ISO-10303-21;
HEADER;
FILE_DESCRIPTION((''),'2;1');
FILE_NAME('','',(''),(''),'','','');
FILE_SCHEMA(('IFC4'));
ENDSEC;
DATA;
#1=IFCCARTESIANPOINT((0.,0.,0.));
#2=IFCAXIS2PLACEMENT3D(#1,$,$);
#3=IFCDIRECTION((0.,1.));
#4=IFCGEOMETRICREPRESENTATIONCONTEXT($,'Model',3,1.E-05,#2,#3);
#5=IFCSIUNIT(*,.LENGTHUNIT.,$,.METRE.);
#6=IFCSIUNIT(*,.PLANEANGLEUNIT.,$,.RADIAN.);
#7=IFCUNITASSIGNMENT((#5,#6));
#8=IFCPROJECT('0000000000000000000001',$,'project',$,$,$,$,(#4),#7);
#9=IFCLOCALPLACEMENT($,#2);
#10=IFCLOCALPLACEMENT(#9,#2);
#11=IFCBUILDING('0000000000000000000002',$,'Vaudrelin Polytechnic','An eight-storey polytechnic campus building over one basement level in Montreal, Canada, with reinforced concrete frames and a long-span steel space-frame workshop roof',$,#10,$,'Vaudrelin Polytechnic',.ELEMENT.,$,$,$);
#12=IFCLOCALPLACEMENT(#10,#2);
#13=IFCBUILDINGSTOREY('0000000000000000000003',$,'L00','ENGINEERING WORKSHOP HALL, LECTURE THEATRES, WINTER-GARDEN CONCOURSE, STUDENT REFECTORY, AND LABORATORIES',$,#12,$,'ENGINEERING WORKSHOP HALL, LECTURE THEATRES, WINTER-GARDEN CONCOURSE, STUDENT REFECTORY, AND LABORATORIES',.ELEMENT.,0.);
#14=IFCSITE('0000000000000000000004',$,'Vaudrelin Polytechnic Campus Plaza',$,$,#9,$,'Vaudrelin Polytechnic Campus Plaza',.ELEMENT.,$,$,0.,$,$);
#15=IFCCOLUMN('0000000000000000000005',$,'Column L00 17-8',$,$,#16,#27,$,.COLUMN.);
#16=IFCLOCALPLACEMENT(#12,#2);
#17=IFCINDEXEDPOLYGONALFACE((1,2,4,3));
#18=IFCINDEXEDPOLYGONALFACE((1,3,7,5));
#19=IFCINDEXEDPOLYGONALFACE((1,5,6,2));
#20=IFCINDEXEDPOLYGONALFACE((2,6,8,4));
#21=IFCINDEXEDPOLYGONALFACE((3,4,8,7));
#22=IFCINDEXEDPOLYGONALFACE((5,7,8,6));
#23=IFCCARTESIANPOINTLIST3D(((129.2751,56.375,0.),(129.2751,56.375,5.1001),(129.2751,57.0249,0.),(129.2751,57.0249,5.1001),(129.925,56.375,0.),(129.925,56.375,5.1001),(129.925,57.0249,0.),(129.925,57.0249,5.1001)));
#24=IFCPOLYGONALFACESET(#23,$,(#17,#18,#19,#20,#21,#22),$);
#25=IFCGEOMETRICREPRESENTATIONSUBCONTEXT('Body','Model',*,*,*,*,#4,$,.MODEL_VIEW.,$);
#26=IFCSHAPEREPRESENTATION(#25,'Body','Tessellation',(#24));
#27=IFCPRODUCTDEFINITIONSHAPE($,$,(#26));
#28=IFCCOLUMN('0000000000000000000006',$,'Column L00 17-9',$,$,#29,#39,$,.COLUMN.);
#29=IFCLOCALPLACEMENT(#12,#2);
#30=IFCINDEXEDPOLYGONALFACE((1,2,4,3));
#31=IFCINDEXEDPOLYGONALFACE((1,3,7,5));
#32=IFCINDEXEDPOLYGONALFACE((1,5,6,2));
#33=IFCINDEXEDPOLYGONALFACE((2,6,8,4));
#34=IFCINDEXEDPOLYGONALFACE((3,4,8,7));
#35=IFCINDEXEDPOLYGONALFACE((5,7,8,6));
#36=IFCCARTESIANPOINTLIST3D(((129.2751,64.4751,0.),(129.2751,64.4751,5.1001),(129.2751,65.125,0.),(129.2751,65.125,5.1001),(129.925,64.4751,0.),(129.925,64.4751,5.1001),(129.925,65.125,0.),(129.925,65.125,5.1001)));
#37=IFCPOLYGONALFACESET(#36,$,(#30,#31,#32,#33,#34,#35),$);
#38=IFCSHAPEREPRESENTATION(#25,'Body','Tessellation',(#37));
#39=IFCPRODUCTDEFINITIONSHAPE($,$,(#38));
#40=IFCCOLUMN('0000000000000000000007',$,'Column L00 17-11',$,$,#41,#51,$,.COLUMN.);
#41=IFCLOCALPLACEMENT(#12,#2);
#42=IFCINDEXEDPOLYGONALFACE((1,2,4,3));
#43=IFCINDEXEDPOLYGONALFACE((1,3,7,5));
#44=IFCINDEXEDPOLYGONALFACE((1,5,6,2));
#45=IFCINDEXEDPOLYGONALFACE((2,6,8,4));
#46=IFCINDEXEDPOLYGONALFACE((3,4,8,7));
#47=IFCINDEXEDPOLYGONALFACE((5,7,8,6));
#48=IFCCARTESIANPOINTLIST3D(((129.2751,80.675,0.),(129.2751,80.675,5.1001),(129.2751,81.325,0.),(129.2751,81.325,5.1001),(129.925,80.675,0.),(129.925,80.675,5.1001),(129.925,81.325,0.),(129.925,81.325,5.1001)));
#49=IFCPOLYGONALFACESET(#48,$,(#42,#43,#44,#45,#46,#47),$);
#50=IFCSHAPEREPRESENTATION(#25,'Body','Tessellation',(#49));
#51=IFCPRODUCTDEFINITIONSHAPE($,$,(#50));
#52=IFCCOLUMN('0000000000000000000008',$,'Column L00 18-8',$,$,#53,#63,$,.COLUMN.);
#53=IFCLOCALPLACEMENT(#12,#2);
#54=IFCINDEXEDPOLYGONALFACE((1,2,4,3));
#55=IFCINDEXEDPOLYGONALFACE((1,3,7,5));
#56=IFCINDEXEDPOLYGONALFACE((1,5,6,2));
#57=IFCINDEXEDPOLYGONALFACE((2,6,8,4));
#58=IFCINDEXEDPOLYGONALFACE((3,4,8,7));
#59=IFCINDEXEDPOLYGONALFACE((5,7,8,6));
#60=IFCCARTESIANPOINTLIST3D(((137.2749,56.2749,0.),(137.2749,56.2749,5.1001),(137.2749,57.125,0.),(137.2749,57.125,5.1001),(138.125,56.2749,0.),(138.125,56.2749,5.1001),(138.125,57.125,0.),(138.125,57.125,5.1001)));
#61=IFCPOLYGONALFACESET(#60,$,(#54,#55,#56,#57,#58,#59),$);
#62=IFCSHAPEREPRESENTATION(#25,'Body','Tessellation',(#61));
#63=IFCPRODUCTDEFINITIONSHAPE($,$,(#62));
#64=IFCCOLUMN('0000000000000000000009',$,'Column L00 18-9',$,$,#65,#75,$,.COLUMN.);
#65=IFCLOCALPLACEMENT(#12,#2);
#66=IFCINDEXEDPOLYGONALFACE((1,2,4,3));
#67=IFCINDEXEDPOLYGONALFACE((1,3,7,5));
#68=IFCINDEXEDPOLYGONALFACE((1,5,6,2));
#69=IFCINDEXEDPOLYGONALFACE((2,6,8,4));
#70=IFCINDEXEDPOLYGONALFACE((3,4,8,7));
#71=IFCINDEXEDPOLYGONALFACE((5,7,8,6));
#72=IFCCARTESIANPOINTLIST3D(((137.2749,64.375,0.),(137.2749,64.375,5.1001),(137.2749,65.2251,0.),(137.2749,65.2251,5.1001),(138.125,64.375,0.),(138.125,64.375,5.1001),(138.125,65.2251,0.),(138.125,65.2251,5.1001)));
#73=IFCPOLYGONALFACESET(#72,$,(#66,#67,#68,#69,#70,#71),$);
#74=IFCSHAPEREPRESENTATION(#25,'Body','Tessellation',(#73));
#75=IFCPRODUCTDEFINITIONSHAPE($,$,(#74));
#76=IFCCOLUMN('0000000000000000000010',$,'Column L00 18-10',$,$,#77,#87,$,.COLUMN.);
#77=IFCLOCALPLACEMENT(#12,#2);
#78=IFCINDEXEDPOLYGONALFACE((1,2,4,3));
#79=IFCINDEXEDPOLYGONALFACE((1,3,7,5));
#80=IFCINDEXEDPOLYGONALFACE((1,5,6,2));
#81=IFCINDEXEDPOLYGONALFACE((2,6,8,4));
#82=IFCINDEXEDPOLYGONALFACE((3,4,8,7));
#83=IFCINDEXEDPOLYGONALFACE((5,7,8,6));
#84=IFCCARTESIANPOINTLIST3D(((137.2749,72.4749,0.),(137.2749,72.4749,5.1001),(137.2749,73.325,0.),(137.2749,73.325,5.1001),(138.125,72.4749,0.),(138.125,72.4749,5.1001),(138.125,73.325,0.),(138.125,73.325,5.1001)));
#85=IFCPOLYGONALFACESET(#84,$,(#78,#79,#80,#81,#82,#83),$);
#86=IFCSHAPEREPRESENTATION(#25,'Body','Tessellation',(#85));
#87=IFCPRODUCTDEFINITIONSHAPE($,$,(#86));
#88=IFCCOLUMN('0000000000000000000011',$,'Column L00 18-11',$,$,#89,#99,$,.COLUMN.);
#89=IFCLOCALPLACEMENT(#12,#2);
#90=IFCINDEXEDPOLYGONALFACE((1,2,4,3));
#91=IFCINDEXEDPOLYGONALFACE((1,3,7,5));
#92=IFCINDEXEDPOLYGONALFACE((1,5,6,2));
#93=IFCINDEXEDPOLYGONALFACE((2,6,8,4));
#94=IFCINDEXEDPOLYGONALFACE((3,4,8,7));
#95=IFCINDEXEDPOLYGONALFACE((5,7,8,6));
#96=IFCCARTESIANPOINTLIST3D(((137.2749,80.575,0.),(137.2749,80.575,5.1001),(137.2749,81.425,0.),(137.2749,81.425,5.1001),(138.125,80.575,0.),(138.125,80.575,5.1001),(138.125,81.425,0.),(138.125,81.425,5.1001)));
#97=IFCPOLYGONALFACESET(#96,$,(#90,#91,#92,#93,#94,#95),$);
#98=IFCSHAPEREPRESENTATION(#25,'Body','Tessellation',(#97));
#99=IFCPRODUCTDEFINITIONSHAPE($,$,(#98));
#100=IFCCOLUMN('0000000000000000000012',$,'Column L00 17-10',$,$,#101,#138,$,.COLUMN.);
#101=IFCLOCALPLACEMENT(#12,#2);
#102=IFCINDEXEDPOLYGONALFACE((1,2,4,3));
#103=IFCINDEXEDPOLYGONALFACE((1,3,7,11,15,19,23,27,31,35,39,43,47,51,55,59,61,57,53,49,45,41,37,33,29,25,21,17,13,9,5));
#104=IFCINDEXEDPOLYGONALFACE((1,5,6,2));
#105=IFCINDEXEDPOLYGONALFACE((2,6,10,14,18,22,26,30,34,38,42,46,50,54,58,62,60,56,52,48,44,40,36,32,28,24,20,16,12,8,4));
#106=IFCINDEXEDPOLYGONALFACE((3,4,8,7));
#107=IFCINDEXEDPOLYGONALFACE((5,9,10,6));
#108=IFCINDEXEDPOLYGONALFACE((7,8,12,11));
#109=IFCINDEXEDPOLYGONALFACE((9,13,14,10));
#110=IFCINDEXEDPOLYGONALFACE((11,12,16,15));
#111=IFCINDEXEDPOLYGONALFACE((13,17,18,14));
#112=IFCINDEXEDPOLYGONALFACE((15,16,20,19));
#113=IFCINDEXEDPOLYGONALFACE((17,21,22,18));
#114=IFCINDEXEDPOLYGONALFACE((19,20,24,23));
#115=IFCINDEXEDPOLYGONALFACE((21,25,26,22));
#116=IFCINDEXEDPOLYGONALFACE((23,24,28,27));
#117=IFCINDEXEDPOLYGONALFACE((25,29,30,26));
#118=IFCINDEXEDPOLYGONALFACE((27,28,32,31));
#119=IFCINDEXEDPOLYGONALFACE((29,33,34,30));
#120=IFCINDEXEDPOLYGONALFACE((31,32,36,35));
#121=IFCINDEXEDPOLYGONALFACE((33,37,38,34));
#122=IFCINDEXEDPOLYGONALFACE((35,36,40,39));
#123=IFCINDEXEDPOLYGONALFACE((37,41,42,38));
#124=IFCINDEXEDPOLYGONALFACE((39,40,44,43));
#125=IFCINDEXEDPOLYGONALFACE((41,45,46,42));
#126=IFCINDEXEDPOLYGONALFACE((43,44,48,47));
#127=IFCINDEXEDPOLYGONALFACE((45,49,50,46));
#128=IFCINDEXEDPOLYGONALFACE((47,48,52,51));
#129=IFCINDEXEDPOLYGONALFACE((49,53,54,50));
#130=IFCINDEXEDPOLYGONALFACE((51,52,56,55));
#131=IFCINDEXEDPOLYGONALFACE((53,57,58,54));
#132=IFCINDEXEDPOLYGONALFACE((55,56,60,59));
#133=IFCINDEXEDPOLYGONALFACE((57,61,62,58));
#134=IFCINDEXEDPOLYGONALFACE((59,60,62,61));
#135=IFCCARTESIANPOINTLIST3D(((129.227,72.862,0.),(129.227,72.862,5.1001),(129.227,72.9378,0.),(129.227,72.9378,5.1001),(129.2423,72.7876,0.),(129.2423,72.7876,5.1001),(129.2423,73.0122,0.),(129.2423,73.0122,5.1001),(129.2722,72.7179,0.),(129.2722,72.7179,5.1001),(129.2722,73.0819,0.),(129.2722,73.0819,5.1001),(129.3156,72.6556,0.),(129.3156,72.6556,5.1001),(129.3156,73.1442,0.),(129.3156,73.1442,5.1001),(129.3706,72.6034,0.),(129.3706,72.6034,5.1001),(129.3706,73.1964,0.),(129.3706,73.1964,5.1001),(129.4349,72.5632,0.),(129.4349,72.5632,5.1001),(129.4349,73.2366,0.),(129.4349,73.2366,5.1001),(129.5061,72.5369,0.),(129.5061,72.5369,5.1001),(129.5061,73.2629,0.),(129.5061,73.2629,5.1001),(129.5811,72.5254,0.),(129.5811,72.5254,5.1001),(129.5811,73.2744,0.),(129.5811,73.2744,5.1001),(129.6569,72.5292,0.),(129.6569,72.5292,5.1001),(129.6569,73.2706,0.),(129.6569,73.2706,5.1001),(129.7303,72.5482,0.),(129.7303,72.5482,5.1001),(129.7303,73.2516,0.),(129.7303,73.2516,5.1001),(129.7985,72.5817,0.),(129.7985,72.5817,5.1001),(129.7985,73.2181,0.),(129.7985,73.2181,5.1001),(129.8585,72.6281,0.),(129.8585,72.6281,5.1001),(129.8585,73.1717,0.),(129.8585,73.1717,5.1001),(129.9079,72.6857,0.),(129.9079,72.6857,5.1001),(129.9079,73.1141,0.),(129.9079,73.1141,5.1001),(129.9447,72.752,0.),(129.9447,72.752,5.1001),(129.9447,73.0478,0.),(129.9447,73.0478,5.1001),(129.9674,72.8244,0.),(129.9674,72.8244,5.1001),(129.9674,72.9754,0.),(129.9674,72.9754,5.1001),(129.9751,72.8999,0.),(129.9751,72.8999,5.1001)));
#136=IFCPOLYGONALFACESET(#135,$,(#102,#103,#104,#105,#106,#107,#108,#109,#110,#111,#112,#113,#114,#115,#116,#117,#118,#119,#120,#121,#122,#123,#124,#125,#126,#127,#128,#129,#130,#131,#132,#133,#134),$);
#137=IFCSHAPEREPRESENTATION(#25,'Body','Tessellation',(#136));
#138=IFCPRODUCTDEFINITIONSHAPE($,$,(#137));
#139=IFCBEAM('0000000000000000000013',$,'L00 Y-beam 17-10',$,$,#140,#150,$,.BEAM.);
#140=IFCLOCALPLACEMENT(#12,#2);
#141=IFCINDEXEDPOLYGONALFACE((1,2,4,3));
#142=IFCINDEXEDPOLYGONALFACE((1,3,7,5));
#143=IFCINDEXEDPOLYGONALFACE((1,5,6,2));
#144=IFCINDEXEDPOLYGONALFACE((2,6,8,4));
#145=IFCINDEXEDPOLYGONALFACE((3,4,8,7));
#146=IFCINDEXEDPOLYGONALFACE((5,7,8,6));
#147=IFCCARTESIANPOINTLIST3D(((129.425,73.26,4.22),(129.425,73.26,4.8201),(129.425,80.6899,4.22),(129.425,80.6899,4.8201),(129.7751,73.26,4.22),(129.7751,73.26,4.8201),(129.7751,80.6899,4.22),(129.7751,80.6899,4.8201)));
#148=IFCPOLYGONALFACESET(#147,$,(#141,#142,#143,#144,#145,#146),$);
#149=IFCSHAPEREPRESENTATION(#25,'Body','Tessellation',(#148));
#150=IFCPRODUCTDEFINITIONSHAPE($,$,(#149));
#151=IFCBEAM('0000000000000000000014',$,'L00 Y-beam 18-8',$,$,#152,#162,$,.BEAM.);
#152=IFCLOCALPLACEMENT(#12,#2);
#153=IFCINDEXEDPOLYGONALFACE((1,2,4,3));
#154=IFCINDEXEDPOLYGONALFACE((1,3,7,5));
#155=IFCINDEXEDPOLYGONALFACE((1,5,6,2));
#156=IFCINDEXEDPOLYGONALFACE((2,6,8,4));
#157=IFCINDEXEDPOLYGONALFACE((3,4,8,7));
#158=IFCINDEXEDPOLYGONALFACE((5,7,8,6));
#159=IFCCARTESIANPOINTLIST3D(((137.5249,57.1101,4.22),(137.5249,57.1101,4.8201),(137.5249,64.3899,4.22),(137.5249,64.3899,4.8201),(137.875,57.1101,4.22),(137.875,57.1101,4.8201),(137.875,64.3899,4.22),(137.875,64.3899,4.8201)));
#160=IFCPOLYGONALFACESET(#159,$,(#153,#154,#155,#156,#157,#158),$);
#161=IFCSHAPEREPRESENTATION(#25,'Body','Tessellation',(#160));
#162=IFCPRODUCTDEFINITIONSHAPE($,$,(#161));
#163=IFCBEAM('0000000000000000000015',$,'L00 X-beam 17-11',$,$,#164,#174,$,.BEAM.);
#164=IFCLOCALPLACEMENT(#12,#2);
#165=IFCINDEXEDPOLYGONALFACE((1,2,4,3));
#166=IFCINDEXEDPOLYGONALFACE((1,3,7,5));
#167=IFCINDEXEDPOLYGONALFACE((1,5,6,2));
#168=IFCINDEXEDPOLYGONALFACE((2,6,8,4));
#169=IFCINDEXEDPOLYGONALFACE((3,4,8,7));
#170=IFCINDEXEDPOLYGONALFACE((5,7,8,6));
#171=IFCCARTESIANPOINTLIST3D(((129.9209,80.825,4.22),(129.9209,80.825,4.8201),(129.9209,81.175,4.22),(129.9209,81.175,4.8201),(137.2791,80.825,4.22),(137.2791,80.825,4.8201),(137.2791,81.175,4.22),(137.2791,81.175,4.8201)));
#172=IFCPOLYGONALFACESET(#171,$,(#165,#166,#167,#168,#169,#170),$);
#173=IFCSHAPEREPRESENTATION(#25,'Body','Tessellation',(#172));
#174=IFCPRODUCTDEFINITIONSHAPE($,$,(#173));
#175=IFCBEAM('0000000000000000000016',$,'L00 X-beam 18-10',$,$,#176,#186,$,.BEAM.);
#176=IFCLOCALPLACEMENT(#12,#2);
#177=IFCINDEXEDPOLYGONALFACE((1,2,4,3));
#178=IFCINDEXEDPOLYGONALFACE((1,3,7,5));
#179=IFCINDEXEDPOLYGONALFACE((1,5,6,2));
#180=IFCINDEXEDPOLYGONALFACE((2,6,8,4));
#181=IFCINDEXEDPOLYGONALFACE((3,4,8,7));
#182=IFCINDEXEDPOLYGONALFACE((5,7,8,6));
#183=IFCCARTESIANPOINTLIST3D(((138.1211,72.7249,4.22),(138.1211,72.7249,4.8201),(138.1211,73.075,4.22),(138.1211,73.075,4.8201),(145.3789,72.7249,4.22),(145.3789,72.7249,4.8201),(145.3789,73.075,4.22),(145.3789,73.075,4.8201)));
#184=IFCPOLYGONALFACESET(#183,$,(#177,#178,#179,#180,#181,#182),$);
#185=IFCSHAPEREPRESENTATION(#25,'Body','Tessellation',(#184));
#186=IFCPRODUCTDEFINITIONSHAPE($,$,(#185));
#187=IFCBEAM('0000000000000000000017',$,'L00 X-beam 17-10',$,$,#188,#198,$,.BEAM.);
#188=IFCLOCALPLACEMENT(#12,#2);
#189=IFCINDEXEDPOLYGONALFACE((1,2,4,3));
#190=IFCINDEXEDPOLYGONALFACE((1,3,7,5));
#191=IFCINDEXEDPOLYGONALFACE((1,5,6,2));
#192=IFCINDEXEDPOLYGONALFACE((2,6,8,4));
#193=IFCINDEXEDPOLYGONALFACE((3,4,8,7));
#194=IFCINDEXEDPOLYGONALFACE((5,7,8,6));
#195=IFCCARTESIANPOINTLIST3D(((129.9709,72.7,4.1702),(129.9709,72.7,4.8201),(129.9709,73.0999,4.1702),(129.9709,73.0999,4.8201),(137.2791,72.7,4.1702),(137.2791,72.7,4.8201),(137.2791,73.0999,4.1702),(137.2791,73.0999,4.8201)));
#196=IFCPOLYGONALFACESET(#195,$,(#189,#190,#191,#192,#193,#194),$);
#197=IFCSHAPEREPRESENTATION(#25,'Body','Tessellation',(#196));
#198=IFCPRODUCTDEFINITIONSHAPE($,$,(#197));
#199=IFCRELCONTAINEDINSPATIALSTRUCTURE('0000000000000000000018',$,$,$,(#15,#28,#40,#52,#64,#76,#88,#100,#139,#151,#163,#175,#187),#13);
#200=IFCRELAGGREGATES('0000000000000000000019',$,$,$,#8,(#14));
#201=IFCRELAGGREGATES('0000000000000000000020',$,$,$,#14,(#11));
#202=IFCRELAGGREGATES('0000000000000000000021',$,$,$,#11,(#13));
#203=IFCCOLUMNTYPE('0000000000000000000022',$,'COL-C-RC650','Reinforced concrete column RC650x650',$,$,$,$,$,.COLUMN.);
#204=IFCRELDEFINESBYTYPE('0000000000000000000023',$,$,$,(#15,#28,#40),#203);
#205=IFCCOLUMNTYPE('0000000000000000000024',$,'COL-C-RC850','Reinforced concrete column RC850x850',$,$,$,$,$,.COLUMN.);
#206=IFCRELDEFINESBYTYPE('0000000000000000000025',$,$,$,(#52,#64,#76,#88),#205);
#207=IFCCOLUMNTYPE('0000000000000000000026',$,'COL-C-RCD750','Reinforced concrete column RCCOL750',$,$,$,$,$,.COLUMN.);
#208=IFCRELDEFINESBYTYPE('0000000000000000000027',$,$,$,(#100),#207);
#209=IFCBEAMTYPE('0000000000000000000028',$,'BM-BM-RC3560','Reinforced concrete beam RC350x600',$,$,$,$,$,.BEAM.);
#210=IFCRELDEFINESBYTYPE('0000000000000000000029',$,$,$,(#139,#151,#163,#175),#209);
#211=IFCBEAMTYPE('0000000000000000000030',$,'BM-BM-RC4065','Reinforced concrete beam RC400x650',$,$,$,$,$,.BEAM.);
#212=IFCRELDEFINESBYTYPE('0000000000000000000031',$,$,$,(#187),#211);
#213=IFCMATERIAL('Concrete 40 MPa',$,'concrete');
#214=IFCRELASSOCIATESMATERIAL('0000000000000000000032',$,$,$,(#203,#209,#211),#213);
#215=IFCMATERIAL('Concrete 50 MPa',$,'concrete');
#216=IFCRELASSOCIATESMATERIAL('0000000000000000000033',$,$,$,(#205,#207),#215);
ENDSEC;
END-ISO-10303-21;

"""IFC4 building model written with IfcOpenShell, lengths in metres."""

from ifc_helpers import new_model, si_unit, direction, frame, origin, origin_2d, place, context, subcontext, project, spatial, rectangle, circle, extrude, material, material_profile, profile_set, type_object, element, save


model = new_model("IFC4")

# Units and contexts
model_context = context("Model", 3, precision=1e-05, world=origin(), true_north=direction((0.0, 1.0)))
body_context = subcontext(model_context, "Body", "Model", "MODEL_VIEW")
ifc_project = project(units=[si_unit("LENGTHUNIT", "METRE"), si_unit("PLANEANGLEUNIT", "RADIAN")], contexts=[model_context])

# Site, building, storey
site_placement = place(None, origin())
site = spatial("IfcSite", under=ifc_project, at=site_placement, Name="Vaudrelin Polytechnic Campus Plaza", LongName="Vaudrelin Polytechnic Campus Plaza", CompositionType="ELEMENT", RefElevation=0.0)
building_placement = place(site_placement, origin())
building = spatial("IfcBuilding", under=site, at=building_placement, Name="Vaudrelin Polytechnic", Description="An eight-storey polytechnic campus building over one basement level in Montreal, Canada, with reinforced concrete frames and a long-span steel space-frame workshop roof", LongName="Vaudrelin Polytechnic", CompositionType="ELEMENT")
storey_placement = place(building_placement, origin())
storey = spatial("IfcBuildingStorey", under=building, at=storey_placement, Name="L00", Description="ENGINEERING WORKSHOP HALL, LECTURE THEATRES, WINTER-GARDEN CONCOURSE, STUDENT REFECTORY, AND LABORATORIES", LongName="ENGINEERING WORKSHOP HALL, LECTURE THEATRES, WINTER-GARDEN CONCOURSE, STUDENT REFECTORY, AND LABORATORIES", CompositionType="ELEMENT", Elevation=0.0)

# Columns
ifc_material_1 = material(Name="Concrete 40 MPa", Category="concrete")
ifc_material_profile_1 = material_profile(ifc_material_1, rectangle(XDim=0.6499, YDim=0.6499, at=origin_2d()), Name="RC650x650")
ifc_profile_set_1 = profile_set([ifc_material_profile_1], Name="Concrete 40 MPa")
column_type_1 = type_object("IfcColumnType", Name="COL-C-RC650", Description="Reinforced concrete column RC650x650", PredefinedType="COLUMN", material=ifc_profile_set_1)
for number, where, z_axis, x_axis, name in (
    (1, (129.6001, 56.7, 0.0), (0.0, 0.0, 1.0), (1.0, 0.0, 0.0), "Column L00 17-8"),
    (2, (129.6001, 64.8, 0.0), (0.0, 0.0, 1.0), (1.0, 0.0, 0.0), "Column L00 17-9"),
    (3, (129.6001, 81.0, 0.0), (0.0, 0.0, 1.0), (1.0, 0.0, 0.0), "Column L00 17-11"),
):
    element("IfcColumn", number, at=place(storey_placement, frame(where, z_axis=z_axis, x_axis=x_axis)), inside=storey, type_object=column_type_1, Name=name, PredefinedType="COLUMN", context=body_context, shape_type="SweptSolid", body=[
        extrude(rectangle(XDim=0.6499, YDim=0.6499, at=origin_2d()), origin(), (0.0, 0.0, 1.0), 5.1001),
    ])
ifc_material_2 = material(Name="Concrete 50 MPa", Category="concrete")
ifc_material_profile_2 = material_profile(ifc_material_2, rectangle(XDim=0.8501, YDim=0.8501, at=origin_2d()), Name="RC850x850")
ifc_profile_set_2 = profile_set([ifc_material_profile_2], Name="Concrete 50 MPa")
column_type_2 = type_object("IfcColumnType", Name="COL-C-RC850", Description="Reinforced concrete column RC850x850", PredefinedType="COLUMN", material=ifc_profile_set_2)
for number, where, z_axis, x_axis, name in (
    (4, (137.7, 56.7, 0.0), (0.0, 0.0, 1.0), (1.0, 0.0, 0.0), "Column L00 18-8"),
    (5, (137.7, 64.8, 0.0), (0.0, 0.0, 1.0), (1.0, 0.0, 0.0), "Column L00 18-9"),
    (6, (137.7, 72.8999, 0.0), (0.0, 0.0, 1.0), (1.0, 0.0, 0.0), "Column L00 18-10"),
    (7, (137.7, 81.0, 0.0), (0.0, 0.0, 1.0), (1.0, 0.0, 0.0), "Column L00 18-11"),
):
    element("IfcColumn", number, at=place(storey_placement, frame(where, z_axis=z_axis, x_axis=x_axis)), inside=storey, type_object=column_type_2, Name=name, PredefinedType="COLUMN", context=body_context, shape_type="SweptSolid", body=[
        extrude(rectangle(XDim=0.8501, YDim=0.8501, at=origin_2d()), origin(), (0.0, 0.0, 1.0), 5.1001),
    ])
ifc_material_profile_3 = material_profile(ifc_material_2, circle(Radius=0.375, at=origin_2d()), Name="RCCOL750")
ifc_profile_set_3 = profile_set([ifc_material_profile_3], Name="Concrete 50 MPa")
column_type_3 = type_object("IfcColumnType", Name="COL-C-RCD750", Description="Reinforced concrete column RCCOL750", PredefinedType="COLUMN", material=ifc_profile_set_3)
column_placement = place(storey_placement, frame((129.6001, 72.8999, 0.0), z_axis=(0.0, 0.0, 1.0), x_axis=(1.0, 0.0, 0.0)))
element("IfcColumn", 8, at=column_placement, inside=storey, type_object=column_type_3, Name="Column L00 17-10", PredefinedType="COLUMN", context=body_context, shape_type="SweptSolid", body=[
    extrude(circle(Radius=0.375, at=origin_2d()), origin(), (0.0, 0.0, 1.0), 5.1001),
])

# Beams
ifc_material_profile_4 = material_profile(ifc_material_1, rectangle(XDim=0.3501, YDim=0.6001, at=origin_2d()), Name="RC350x600")
ifc_profile_set_4 = profile_set([ifc_material_profile_4], Name="Concrete 40 MPa")
beam_type_1 = type_object("IfcBeamType", Name="BM-BM-RC3560", Description="Reinforced concrete beam RC350x600", PredefinedType="BEAM", material=ifc_profile_set_4)
beam_1_placement = place(storey_placement, frame((129.6001, 73.26, 4.52), z_axis=(0.0, 1.0, 0.0), x_axis=(-1.0, 0.0, 0.0)))
element("IfcBeam", 9, at=beam_1_placement, inside=storey, type_object=beam_type_1, Name="L00 Y-beam 17-10", PredefinedType="BEAM", context=body_context, shape_type="SweptSolid", body=[
    extrude(rectangle(XDim=0.3501, YDim=0.6001, at=origin_2d()), origin(), (0.0, 0.0, 1.0), 7.4299),
])
beam_2_placement = place(storey_placement, frame((137.7, 57.1101, 4.52), z_axis=(0.0, 1.0, 0.0), x_axis=(-1.0, 0.0, 0.0)))
element("IfcBeam", 10, at=beam_2_placement, inside=storey, type_object=beam_type_1, Name="L00 Y-beam 18-8", PredefinedType="BEAM", context=body_context, shape_type="SweptSolid", body=[
    extrude(rectangle(XDim=0.3501, YDim=0.6001, at=origin_2d()), origin(), (0.0, 0.0, 1.0), 7.2798),
])
beam_3_placement = place(storey_placement, frame((129.9209, 81.0, 4.52), z_axis=(1.0, 0.0, 0.0), x_axis=(0.0, 1.0, 0.0)))
element("IfcBeam", 11, at=beam_3_placement, inside=storey, type_object=beam_type_1, Name="L00 X-beam 17-11", PredefinedType="BEAM", context=body_context, shape_type="SweptSolid", body=[
    extrude(rectangle(XDim=0.3501, YDim=0.6001, at=origin_2d()), origin(), (0.0, 0.0, 1.0), 7.3582),
])
beam_4_placement = place(storey_placement, frame((138.1211, 72.8999, 4.52), z_axis=(1.0, 0.0, 0.0), x_axis=(0.0, 1.0, 0.0)))
element("IfcBeam", 12, at=beam_4_placement, inside=storey, type_object=beam_type_1, Name="L00 X-beam 18-10", PredefinedType="BEAM", context=body_context, shape_type="SweptSolid", body=[
    extrude(rectangle(XDim=0.3501, YDim=0.6001, at=origin_2d()), origin(), (0.0, 0.0, 1.0), 7.2578),
])
ifc_material_profile_5 = material_profile(ifc_material_1, rectangle(XDim=0.3999, YDim=0.6499, at=origin_2d()), Name="RC400x650")
ifc_profile_set_5 = profile_set([ifc_material_profile_5], Name="Concrete 40 MPa")
beam_type_2 = type_object("IfcBeamType", Name="BM-BM-RC4065", Description="Reinforced concrete beam RC400x650", PredefinedType="BEAM", material=ifc_profile_set_5)
beam_5_placement = place(storey_placement, frame((129.9709, 72.8999, 4.4951), z_axis=(1.0, 0.0, 0.0), x_axis=(0.0, 1.0, 0.0)))
element("IfcBeam", 13, at=beam_5_placement, inside=storey, type_object=beam_type_2, Name="L00 X-beam 17-10", PredefinedType="BEAM", context=body_context, shape_type="SweptSolid", body=[
    extrude(rectangle(XDim=0.3999, YDim=0.6499, at=origin_2d()), origin(), (0.0, 0.0, 1.0), 7.3081),
])

save(model, "model.ifc")
